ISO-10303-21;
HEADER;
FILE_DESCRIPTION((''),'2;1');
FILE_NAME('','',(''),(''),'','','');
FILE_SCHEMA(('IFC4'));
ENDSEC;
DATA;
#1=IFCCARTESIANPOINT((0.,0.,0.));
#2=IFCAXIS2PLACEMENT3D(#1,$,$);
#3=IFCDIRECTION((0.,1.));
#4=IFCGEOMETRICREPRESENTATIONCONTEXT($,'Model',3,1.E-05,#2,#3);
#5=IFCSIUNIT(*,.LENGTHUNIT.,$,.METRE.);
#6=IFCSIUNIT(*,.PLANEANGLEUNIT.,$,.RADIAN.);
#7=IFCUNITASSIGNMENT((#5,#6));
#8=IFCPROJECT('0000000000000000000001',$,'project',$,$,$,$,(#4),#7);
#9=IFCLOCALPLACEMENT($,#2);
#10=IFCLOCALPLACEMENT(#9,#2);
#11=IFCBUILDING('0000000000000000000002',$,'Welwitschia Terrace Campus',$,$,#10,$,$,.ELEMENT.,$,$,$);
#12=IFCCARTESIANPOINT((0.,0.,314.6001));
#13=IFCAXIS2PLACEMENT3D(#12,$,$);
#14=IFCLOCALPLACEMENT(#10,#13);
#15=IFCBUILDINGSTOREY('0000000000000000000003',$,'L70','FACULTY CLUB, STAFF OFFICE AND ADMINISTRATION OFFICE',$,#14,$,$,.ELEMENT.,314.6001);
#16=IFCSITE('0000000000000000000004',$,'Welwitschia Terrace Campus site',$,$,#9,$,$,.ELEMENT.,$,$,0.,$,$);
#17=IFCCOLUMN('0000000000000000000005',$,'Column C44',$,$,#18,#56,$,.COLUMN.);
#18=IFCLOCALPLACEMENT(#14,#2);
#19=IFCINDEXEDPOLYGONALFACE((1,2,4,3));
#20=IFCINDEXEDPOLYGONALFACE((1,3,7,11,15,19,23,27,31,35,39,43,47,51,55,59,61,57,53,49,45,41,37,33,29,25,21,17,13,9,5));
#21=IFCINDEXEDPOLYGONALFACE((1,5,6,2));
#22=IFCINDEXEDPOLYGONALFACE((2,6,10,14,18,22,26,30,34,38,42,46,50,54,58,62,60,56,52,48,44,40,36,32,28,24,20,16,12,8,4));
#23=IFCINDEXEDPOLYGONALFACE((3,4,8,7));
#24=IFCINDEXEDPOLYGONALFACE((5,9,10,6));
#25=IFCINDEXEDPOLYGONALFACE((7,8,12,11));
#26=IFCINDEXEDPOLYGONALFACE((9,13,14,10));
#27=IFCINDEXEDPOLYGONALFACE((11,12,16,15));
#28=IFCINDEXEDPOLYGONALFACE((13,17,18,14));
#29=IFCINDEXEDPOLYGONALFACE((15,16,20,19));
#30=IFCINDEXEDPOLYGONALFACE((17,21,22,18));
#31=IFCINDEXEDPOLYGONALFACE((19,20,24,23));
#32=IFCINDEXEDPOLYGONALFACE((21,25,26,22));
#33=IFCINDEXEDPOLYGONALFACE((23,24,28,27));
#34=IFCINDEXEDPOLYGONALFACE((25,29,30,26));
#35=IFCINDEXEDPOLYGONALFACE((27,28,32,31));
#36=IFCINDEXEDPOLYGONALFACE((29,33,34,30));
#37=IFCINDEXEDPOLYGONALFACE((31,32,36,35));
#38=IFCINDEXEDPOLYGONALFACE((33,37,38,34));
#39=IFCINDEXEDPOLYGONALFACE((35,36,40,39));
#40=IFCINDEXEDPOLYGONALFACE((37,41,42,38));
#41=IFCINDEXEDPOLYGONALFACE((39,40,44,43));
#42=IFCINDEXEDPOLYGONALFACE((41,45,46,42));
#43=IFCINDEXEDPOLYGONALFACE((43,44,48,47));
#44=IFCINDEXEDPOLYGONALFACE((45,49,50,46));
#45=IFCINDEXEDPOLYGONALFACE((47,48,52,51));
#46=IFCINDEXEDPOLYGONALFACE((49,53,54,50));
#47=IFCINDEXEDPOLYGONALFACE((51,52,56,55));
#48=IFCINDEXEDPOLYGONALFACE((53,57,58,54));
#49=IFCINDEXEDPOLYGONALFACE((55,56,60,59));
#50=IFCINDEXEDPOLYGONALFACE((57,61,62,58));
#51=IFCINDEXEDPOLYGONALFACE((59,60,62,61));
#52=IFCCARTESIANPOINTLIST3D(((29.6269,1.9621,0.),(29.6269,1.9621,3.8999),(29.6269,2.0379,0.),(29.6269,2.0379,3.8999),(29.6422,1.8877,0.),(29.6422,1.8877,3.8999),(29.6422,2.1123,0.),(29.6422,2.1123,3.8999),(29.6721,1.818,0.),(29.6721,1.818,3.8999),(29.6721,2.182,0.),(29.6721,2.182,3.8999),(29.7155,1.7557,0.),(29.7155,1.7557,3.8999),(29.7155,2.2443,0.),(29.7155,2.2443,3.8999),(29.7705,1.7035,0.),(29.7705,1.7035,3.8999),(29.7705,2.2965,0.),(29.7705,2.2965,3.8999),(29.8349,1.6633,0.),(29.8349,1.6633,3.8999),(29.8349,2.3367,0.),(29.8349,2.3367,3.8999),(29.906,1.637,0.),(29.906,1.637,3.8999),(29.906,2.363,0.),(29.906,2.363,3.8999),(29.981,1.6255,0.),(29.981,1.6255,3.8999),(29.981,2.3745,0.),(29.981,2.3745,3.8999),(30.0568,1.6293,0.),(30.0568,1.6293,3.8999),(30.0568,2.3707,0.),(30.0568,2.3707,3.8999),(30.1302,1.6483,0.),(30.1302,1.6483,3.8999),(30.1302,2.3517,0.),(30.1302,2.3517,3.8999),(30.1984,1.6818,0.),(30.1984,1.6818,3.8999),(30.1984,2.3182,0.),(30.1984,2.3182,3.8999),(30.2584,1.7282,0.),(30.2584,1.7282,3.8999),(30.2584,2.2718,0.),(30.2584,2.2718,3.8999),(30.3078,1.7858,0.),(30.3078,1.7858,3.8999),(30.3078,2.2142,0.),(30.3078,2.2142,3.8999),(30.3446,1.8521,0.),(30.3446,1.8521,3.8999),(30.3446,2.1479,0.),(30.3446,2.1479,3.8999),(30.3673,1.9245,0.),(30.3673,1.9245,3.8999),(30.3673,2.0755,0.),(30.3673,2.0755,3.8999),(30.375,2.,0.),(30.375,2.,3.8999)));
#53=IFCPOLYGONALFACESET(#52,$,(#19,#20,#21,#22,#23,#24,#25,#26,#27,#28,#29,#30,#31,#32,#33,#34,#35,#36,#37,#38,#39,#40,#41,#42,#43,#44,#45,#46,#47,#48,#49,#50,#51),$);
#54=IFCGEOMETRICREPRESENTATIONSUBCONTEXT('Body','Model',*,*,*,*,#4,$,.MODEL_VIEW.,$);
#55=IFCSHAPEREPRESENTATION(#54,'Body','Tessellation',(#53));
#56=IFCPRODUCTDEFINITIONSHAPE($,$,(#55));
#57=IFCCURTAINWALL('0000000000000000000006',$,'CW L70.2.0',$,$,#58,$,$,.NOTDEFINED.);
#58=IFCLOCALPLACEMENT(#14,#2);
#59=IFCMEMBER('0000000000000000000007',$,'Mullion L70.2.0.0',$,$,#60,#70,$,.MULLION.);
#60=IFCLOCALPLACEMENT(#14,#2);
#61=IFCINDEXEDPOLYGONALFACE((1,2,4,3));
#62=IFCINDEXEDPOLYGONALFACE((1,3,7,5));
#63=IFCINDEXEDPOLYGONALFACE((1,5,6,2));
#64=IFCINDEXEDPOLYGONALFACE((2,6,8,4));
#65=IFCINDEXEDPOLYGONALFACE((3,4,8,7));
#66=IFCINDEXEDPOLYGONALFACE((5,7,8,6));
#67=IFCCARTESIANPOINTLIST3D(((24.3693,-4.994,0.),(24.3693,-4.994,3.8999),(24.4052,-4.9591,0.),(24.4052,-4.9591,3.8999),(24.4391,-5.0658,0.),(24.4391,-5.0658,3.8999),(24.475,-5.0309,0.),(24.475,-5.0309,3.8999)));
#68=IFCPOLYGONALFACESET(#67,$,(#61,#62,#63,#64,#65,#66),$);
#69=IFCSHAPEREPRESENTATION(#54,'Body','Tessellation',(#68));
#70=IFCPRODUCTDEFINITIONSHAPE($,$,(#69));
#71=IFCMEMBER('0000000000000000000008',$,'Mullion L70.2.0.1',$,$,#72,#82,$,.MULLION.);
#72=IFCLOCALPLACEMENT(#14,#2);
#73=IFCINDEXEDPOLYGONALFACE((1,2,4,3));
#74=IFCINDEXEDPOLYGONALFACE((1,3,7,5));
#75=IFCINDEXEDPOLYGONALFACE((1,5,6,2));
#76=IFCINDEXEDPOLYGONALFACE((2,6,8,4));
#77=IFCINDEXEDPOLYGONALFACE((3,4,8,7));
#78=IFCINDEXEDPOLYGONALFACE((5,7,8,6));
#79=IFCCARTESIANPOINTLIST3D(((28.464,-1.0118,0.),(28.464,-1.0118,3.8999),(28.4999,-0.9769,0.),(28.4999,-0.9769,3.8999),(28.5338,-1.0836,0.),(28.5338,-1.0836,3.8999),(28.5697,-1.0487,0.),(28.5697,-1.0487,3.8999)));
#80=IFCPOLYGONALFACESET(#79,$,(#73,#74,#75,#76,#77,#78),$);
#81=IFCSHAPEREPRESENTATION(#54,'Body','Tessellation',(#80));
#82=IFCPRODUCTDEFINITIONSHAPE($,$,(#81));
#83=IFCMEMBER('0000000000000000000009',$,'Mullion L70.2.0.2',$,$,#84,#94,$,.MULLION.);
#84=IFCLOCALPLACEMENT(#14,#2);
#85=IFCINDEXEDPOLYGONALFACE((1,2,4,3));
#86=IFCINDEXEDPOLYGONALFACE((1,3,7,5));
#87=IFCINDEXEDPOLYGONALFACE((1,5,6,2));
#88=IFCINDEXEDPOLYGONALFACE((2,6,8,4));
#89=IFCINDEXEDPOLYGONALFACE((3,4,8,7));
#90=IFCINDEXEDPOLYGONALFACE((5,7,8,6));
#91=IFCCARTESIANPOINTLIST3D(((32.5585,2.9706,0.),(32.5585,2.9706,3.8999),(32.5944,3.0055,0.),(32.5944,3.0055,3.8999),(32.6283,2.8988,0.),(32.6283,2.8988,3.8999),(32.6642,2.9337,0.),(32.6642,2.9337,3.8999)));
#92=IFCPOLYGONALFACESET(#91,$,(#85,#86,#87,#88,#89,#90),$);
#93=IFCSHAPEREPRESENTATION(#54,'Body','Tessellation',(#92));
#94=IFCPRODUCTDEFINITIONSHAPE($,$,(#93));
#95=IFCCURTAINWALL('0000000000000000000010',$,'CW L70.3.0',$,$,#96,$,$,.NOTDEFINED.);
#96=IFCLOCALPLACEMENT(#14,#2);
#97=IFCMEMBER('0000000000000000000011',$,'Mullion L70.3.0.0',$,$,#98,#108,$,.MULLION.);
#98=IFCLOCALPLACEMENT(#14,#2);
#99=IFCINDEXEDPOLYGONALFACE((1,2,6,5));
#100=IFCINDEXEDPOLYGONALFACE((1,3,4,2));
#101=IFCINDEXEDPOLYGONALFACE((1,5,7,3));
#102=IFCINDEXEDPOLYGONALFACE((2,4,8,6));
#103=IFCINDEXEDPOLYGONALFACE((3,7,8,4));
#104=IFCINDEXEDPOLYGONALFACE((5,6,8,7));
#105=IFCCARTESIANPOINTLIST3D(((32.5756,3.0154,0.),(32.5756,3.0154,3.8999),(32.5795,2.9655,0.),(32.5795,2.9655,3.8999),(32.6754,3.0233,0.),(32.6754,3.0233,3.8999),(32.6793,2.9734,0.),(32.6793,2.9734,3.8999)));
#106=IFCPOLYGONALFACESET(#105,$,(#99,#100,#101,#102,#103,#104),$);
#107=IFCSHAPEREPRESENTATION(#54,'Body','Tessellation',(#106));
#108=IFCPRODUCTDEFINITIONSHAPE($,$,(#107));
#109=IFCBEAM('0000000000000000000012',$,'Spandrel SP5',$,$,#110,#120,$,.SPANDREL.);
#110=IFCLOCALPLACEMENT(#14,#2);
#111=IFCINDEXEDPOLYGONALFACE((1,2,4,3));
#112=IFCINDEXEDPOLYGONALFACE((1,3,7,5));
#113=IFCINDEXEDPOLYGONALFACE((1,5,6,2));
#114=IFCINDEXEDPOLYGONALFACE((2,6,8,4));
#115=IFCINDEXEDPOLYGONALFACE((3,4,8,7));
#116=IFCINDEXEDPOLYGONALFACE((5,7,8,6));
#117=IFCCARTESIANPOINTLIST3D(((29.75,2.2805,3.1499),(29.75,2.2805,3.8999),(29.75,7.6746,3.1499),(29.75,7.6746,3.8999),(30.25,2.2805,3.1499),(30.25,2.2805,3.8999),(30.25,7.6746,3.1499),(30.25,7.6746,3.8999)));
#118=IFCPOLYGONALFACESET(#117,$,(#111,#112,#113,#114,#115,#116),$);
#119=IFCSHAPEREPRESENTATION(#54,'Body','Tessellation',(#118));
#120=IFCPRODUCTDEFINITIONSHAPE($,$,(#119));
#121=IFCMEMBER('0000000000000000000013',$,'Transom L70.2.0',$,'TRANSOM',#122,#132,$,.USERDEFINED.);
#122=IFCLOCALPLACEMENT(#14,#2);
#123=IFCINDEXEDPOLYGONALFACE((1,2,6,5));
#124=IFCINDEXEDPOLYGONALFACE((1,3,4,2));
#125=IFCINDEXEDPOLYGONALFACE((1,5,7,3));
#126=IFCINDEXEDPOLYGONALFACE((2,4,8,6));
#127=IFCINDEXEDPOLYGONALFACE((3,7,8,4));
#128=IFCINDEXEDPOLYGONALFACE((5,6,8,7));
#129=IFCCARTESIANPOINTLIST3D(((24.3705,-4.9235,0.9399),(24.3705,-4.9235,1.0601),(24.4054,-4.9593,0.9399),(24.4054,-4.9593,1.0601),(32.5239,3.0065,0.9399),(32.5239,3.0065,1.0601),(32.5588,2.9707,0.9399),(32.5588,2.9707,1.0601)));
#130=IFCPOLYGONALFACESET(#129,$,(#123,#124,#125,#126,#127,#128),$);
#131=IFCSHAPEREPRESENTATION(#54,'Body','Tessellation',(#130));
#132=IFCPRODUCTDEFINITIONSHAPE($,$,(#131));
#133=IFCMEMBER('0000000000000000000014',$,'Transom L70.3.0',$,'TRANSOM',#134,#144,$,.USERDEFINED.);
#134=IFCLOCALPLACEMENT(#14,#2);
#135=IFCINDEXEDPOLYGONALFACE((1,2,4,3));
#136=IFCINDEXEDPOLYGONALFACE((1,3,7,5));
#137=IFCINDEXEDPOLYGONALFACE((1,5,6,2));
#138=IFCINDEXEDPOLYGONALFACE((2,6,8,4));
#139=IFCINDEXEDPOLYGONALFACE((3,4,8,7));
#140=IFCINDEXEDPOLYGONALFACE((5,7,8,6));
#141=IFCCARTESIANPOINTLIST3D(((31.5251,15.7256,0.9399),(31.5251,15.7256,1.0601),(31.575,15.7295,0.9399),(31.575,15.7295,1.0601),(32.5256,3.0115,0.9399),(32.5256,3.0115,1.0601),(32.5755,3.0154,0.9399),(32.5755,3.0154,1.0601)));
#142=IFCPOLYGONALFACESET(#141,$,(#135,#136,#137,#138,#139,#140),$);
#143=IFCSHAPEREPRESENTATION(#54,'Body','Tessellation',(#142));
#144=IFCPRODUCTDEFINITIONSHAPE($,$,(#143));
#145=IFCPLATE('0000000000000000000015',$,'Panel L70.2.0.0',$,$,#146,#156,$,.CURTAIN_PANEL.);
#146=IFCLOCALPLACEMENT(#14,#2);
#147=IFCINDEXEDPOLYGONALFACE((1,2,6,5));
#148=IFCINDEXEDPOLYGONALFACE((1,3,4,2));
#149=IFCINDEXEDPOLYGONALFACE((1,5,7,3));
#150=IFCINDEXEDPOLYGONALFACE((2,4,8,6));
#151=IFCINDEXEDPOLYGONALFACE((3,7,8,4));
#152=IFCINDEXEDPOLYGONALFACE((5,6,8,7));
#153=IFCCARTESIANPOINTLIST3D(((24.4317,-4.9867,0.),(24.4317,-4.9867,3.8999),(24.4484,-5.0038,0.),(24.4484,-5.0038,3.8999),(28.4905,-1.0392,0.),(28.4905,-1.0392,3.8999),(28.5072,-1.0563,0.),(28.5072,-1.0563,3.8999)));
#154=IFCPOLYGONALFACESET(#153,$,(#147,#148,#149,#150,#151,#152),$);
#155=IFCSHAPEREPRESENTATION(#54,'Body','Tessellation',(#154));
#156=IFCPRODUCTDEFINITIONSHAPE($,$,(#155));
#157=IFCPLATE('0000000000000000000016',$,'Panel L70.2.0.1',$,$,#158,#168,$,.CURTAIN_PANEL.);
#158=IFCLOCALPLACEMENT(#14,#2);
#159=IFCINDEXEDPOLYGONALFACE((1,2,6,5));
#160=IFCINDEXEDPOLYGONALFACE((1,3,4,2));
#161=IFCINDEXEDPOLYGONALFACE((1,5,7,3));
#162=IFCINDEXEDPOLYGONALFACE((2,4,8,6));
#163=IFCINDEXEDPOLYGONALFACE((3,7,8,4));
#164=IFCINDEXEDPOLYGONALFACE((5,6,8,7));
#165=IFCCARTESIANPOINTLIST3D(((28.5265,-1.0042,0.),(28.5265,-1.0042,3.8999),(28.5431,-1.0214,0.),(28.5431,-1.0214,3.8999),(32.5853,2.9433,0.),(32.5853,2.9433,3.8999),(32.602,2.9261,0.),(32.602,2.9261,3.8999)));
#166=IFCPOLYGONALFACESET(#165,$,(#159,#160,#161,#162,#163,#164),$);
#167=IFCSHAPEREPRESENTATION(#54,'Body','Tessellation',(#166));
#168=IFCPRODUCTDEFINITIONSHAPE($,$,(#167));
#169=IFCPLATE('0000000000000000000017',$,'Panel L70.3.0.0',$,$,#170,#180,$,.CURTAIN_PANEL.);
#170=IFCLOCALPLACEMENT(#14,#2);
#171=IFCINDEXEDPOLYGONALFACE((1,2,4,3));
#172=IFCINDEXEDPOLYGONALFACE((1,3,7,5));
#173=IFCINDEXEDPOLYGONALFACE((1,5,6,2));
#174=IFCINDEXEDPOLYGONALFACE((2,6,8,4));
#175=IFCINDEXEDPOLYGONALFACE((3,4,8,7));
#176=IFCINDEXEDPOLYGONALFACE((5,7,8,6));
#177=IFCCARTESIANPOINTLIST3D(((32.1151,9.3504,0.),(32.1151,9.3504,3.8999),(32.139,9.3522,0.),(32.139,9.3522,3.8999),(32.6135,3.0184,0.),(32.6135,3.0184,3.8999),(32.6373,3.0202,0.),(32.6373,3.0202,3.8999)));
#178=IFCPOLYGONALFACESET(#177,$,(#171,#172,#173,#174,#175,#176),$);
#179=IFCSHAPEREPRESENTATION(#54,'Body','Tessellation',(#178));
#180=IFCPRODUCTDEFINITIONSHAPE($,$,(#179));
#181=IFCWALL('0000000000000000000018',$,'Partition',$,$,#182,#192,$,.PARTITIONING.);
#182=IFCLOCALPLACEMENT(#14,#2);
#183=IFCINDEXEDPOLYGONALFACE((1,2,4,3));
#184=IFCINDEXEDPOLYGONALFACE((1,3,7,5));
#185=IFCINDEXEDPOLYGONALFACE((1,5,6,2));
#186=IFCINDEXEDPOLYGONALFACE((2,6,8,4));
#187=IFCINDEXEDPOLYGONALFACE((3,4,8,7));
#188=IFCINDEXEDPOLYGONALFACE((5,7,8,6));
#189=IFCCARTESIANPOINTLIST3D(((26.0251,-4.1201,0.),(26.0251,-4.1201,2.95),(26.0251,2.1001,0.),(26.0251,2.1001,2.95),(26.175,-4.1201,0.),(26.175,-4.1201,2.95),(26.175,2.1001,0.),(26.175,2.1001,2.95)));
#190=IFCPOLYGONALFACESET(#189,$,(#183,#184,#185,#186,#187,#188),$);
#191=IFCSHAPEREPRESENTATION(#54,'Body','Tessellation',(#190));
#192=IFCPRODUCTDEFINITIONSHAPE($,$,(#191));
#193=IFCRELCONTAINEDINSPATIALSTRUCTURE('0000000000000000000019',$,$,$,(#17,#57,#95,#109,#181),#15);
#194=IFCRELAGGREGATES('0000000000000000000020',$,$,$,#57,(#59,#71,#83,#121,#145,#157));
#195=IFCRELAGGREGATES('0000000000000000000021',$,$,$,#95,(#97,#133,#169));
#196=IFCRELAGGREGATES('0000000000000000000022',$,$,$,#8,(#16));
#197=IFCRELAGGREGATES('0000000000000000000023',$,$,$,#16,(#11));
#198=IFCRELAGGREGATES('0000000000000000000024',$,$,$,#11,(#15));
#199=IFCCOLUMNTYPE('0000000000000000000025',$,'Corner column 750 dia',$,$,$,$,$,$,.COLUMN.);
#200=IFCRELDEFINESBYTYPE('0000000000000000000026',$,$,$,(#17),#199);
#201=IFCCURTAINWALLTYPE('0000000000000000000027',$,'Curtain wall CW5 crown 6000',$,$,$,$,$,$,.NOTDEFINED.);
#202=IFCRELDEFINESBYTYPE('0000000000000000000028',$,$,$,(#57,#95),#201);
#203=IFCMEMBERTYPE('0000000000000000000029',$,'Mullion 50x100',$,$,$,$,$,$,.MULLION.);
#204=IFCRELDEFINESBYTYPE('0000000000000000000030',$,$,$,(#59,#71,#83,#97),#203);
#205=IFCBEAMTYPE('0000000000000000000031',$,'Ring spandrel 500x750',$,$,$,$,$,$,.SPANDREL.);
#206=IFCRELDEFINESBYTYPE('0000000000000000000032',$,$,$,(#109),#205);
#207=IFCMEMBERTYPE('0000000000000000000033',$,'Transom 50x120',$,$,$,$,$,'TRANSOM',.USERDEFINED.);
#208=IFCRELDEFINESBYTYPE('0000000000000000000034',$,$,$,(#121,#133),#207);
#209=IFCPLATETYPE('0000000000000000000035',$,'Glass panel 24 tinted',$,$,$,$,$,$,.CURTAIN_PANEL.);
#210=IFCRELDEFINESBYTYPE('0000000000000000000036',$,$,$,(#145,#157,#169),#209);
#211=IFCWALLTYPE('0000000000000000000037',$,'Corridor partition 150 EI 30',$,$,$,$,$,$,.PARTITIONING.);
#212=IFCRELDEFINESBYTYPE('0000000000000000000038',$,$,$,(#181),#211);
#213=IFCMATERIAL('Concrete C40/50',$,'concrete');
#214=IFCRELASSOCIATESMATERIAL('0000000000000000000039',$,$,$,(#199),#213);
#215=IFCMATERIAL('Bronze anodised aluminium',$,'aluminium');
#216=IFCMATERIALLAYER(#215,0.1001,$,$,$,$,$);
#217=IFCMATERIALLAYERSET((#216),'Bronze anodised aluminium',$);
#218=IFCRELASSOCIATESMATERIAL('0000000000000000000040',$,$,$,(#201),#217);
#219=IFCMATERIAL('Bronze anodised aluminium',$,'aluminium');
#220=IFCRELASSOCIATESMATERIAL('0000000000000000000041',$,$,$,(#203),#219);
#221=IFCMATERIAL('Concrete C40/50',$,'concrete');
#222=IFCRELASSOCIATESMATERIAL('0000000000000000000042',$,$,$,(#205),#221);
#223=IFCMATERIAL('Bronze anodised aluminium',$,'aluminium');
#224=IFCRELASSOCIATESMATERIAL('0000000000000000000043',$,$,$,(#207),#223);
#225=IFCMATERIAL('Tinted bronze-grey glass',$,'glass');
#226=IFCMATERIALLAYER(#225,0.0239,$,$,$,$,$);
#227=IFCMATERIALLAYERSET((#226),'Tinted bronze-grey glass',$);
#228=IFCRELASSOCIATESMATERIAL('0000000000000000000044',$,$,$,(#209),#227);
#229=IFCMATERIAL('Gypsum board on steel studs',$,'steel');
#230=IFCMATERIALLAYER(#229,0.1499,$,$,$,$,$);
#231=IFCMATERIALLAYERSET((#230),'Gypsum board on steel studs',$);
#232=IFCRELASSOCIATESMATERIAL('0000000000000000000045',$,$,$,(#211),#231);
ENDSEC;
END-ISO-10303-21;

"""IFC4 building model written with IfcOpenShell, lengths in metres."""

from ifc_helpers import new_model, si_unit, direction, frame, frame_2d, origin, origin_2d, place, context, subcontext, project, spatial, rectangle, circle, extrude, material, layer, layer_set, material_profile, profile_set, type_object, element, aggregate, save


model = new_model("IFC4")

# Units and contexts
model_context = context("Model", 3, precision=1e-05, world=origin(), true_north=direction((0.0, 1.0)))
body_context = subcontext(model_context, "Body", "Model", "MODEL_VIEW")
ifc_project = project(units=[si_unit("LENGTHUNIT", "METRE"), si_unit("PLANEANGLEUNIT", "RADIAN")], contexts=[model_context])

# Site, building, storey
site_placement = place(None, origin())
site = spatial("IfcSite", under=ifc_project, at=site_placement, Name="Welwitschia Terrace Campus site", CompositionType="ELEMENT", RefElevation=0.0)
building_placement = place(site_placement, origin())
building = spatial("IfcBuilding", under=site, at=building_placement, Name="Welwitschia Terrace Campus", CompositionType="ELEMENT")
storey_placement = place(building_placement, frame((0.0, 0.0, 314.6001)))
storey = spatial("IfcBuildingStorey", under=building, at=storey_placement, Name="L70", Description="FACULTY CLUB, STAFF OFFICE AND ADMINISTRATION OFFICE", CompositionType="ELEMENT", Elevation=314.6001)

# Column
ifc_material_1 = material(Name="Concrete C40/50", Category="concrete")
ifc_material_profile_1 = material_profile(ifc_material_1, circle(Radius=0.375, at=origin_2d()))
ifc_profile_set_1 = profile_set([ifc_material_profile_1], Name="Concrete C40/50")
column_type = type_object("IfcColumnType", Name="Corner column 750 dia", PredefinedType="COLUMN", material=ifc_profile_set_1)
column_placement = place(storey_placement, frame((30.0, 2.0, 0.0), z_axis=(0.0, 0.0, 1.0), x_axis=(1.0, 0.0, 0.0)))
element("IfcColumn", 1, at=column_placement, inside=storey, type_object=column_type, Name="Column C44", PredefinedType="COLUMN", context=body_context, shape_type="SweptSolid", body=[
    extrude(circle(Radius=0.375, at=origin_2d()), origin(), (0.0, 0.0, 1.0), 3.8999),
])

# Curtain wall, members
ifc_material_2 = material(Name="Bronze anodised aluminium", Category="aluminium")
ifc_layer_1 = layer(ifc_material_2, 0.1001)
ifc_layer_set_1 = layer_set([ifc_layer_1], Name="Bronze anodised aluminium")
curtain_wall_type = type_object("IfcCurtainWallType", Name="Curtain wall CW5 crown 6000", PredefinedType="NOTDEFINED", material=ifc_layer_set_1)
curtain_wall_1_placement = place(storey_placement, origin())
curtain_wall_1 = element("IfcCurtainWall", 2, at=curtain_wall_1_placement, inside=storey, type_object=curtain_wall_type, Name="CW L70.2.0", PredefinedType="NOTDEFINED")
ifc_material_3 = material(Name="Bronze anodised aluminium", Category="aluminium")
ifc_material_profile_2 = material_profile(ifc_material_3, rectangle(XDim=0.1001, YDim=0.05, at=origin_2d()))
ifc_profile_set_2 = profile_set([ifc_material_profile_2], Name="Bronze anodised aluminium")
member_type_1 = type_object("IfcMemberType", Name="Mullion 50x100", PredefinedType="MULLION", material=ifc_profile_set_2)
member_1_placement = place(storey_placement, frame((24.4221, -5.0125, 0.0), z_axis=(0.0, 0.0, 1.0), x_axis=(-0.69721, 0.716867, 0.0)))
member_1 = element("IfcMember", 3, at=member_1_placement, type_object=member_type_1, Name="Mullion L70.2.0.0", PredefinedType="MULLION", context=body_context, shape_type="SweptSolid", body=[
    extrude(rectangle(XDim=0.1001, YDim=0.05, at=origin_2d()), origin(), (0.0, 0.0, 1.0), 3.8999),
])
member_2_placement = place(storey_placement, frame((28.5168, -1.0303, 0.0), z_axis=(0.0, 0.0, 1.0), x_axis=(-0.69721, 0.716867, 0.0)))
member_2 = element("IfcMember", 4, at=member_2_placement, type_object=member_type_1, Name="Mullion L70.2.0.1", PredefinedType="MULLION", context=body_context, shape_type="SweptSolid", body=[
    extrude(rectangle(XDim=0.1001, YDim=0.05, at=origin_2d()), origin(), (0.0, 0.0, 1.0), 3.8999),
])
member_3_placement = place(storey_placement, frame((32.6113, 2.9521, 0.0), z_axis=(0.0, 0.0, 1.0), x_axis=(-0.69721, 0.716867, 0.0)))
member_3 = element("IfcMember", 5, at=member_3_placement, type_object=member_type_1, Name="Mullion L70.2.0.2", PredefinedType="MULLION", context=body_context, shape_type="SweptSolid", body=[
    extrude(rectangle(XDim=0.1001, YDim=0.05, at=origin_2d()), origin(), (0.0, 0.0, 1.0), 3.8999),
])

# Curtain wall, member
curtain_wall_2_placement = place(storey_placement, origin())
curtain_wall_2 = element("IfcCurtainWall", 6, at=curtain_wall_2_placement, inside=storey, type_object=curtain_wall_type, Name="CW L70.3.0", PredefinedType="NOTDEFINED")
member_4_placement = place(storey_placement, frame((32.6274, 2.9944, 0.0), z_axis=(0.0, 0.0, 1.0), x_axis=(-0.996917, -0.078459, 0.0)))
member_4 = element("IfcMember", 7, at=member_4_placement, type_object=member_type_1, Name="Mullion L70.3.0.0", PredefinedType="MULLION", context=body_context, shape_type="SweptSolid", body=[
    extrude(rectangle(XDim=0.1001, YDim=0.05, at=origin_2d()), origin(), (0.0, 0.0, 1.0), 3.8999),
])

# Beam
ifc_material_4 = material(Name="Concrete C40/50", Category="concrete")
ifc_material_profile_3 = material_profile(ifc_material_4, rectangle(XDim=0.5, YDim=0.75, at=origin_2d()))
ifc_profile_set_3 = profile_set([ifc_material_profile_3], Name="Concrete C40/50")
beam_type = type_object("IfcBeamType", Name="Ring spandrel 500x750", PredefinedType="SPANDREL", material=ifc_profile_set_3)
beam_placement = place(storey_placement, frame((30.0, 2.2805, 3.5249), z_axis=(0.0, 1.0, 0.0), x_axis=(-1.0, 0.0, 0.0)))
element("IfcBeam", 8, at=beam_placement, inside=storey, type_object=beam_type, Name="Spandrel SP5", PredefinedType="SPANDREL", context=body_context, shape_type="SweptSolid", body=[
    extrude(rectangle(XDim=0.5, YDim=0.75, at=origin_2d()), origin(), (0.0, 0.0, 1.0), 5.394),
])

# Members
ifc_material_5 = material(Name="Bronze anodised aluminium", Category="aluminium")
ifc_material_profile_4 = material_profile(ifc_material_5, rectangle(XDim=0.05, YDim=0.1201, at=origin_2d()))
ifc_profile_set_4 = profile_set([ifc_material_profile_4], Name="Bronze anodised aluminium")
member_type_2 = type_object("IfcMemberType", Name="Transom 50x120", ElementType="TRANSOM", PredefinedType="USERDEFINED", material=ifc_profile_set_4)
member_5_placement = place(storey_placement, frame((24.3879, -4.9414, 1.0), z_axis=(0.716859, 0.697218, 0.0), x_axis=(-0.697218, 0.716859, 0.0)))
member_5 = element("IfcMember", 9, at=member_5_placement, type_object=member_type_2, Name="Transom L70.2.0", ObjectType="TRANSOM", PredefinedType="USERDEFINED", context=body_context, shape_type="SweptSolid", body=[
    extrude(rectangle(XDim=0.05, YDim=0.1201, at=origin_2d()), origin(), (0.0, 0.0, 1.0), 11.3738),
])
member_6_placement = place(storey_placement, frame((32.5505, 3.0134, 1.0), z_axis=(-0.078449, 0.996918, 0.0), x_axis=(-0.996918, -0.078449, 0.0)))
member_6 = element("IfcMember", 10, at=member_6_placement, type_object=member_type_2, Name="Transom L70.3.0", ObjectType="TRANSOM", PredefinedType="USERDEFINED", context=body_context, shape_type="SweptSolid", body=[
    extrude(rectangle(XDim=0.05, YDim=0.1201, at=origin_2d()), origin(), (0.0, 0.0, 1.0), 12.7534),
])

# Plates
ifc_material_6 = material(Name="Tinted bronze-grey glass", Category="glass")
ifc_layer_2 = layer(ifc_material_6, 0.0239)
ifc_layer_set_2 = layer_set([ifc_layer_2], Name="Tinted bronze-grey glass")
plate_type = type_object("IfcPlateType", Name="Glass panel 24 tinted", PredefinedType="CURTAIN_PANEL", material=ifc_layer_set_2)
plate_1_placement = place(storey_placement, frame((26.4695, -3.0215, 0.0), z_axis=(0.0, 0.0, 1.0), x_axis=(0.716867, 0.69721, 0.0)))
plate_1 = element("IfcPlate", 11, at=plate_1_placement, type_object=plate_type, Name="Panel L70.2.0.0", PredefinedType="CURTAIN_PANEL", context=body_context, shape_type="SweptSolid", body=[
    extrude(rectangle(XDim=5.6619, YDim=0.0239, at=origin_2d()), origin(), (0.0, 0.0, 1.0), 3.8999),
])
plate_2_placement = place(storey_placement, frame((30.5642, 0.9609, 0.0), z_axis=(0.0, 0.0, 1.0), x_axis=(0.716867, 0.69721, 0.0)))
plate_2 = element("IfcPlate", 12, at=plate_2_placement, type_object=plate_type, Name="Panel L70.2.0.1", PredefinedType="CURTAIN_PANEL", context=body_context, shape_type="SweptSolid", body=[
    extrude(rectangle(XDim=5.6619, YDim=0.0239, at=origin_2d()), origin(), (0.0, 0.0, 1.0), 3.8999),
])
aggregate(curtain_wall_1, [member_1, member_2, member_3, member_5, plate_1, plate_2])
plate_3_placement = place(storey_placement, frame((32.3762, 6.1853, 0.0), z_axis=(0.0, 0.0, 1.0), x_axis=(-0.078459, 0.996917, 0.0)))
plate_3 = element("IfcPlate", 13, at=plate_3_placement, type_object=plate_type, Name="Panel L70.3.0.0", PredefinedType="CURTAIN_PANEL", context=body_context, shape_type="SweptSolid", body=[
    extrude(rectangle(XDim=6.3516, YDim=0.0239, at=origin_2d()), origin(), (0.0, 0.0, 1.0), 3.8999),
])
aggregate(curtain_wall_2, [member_4, member_6, plate_3])

# Wall
ifc_material_7 = material(Name="Gypsum board on steel studs", Category="steel")
ifc_layer_3 = layer(ifc_material_7, 0.1499)
ifc_layer_set_3 = layer_set([ifc_layer_3], Name="Gypsum board on steel studs")
wall_type = type_object("IfcWallType", Name="Corridor partition 150 EI 30", PredefinedType="PARTITIONING", material=ifc_layer_set_3)
wall_1_placement = place(storey_placement, frame((26.1001, -4.1201, 0.0), z_axis=(0.0, 0.0, 1.0), x_axis=(0.0, 1.0, 0.0)))
element("IfcWall", 14, at=wall_1_placement, inside=storey, type_object=wall_type, Name="Partition", PredefinedType="PARTITIONING", context=body_context, shape_type="SweptSolid", body=[
    extrude(rectangle(XDim=6.2202, YDim=0.1499, at=frame_2d((3.1101, 0.0))), origin(), (0.0, 0.0, 1.0), 2.95),
])

save(model, "model.ifc")
